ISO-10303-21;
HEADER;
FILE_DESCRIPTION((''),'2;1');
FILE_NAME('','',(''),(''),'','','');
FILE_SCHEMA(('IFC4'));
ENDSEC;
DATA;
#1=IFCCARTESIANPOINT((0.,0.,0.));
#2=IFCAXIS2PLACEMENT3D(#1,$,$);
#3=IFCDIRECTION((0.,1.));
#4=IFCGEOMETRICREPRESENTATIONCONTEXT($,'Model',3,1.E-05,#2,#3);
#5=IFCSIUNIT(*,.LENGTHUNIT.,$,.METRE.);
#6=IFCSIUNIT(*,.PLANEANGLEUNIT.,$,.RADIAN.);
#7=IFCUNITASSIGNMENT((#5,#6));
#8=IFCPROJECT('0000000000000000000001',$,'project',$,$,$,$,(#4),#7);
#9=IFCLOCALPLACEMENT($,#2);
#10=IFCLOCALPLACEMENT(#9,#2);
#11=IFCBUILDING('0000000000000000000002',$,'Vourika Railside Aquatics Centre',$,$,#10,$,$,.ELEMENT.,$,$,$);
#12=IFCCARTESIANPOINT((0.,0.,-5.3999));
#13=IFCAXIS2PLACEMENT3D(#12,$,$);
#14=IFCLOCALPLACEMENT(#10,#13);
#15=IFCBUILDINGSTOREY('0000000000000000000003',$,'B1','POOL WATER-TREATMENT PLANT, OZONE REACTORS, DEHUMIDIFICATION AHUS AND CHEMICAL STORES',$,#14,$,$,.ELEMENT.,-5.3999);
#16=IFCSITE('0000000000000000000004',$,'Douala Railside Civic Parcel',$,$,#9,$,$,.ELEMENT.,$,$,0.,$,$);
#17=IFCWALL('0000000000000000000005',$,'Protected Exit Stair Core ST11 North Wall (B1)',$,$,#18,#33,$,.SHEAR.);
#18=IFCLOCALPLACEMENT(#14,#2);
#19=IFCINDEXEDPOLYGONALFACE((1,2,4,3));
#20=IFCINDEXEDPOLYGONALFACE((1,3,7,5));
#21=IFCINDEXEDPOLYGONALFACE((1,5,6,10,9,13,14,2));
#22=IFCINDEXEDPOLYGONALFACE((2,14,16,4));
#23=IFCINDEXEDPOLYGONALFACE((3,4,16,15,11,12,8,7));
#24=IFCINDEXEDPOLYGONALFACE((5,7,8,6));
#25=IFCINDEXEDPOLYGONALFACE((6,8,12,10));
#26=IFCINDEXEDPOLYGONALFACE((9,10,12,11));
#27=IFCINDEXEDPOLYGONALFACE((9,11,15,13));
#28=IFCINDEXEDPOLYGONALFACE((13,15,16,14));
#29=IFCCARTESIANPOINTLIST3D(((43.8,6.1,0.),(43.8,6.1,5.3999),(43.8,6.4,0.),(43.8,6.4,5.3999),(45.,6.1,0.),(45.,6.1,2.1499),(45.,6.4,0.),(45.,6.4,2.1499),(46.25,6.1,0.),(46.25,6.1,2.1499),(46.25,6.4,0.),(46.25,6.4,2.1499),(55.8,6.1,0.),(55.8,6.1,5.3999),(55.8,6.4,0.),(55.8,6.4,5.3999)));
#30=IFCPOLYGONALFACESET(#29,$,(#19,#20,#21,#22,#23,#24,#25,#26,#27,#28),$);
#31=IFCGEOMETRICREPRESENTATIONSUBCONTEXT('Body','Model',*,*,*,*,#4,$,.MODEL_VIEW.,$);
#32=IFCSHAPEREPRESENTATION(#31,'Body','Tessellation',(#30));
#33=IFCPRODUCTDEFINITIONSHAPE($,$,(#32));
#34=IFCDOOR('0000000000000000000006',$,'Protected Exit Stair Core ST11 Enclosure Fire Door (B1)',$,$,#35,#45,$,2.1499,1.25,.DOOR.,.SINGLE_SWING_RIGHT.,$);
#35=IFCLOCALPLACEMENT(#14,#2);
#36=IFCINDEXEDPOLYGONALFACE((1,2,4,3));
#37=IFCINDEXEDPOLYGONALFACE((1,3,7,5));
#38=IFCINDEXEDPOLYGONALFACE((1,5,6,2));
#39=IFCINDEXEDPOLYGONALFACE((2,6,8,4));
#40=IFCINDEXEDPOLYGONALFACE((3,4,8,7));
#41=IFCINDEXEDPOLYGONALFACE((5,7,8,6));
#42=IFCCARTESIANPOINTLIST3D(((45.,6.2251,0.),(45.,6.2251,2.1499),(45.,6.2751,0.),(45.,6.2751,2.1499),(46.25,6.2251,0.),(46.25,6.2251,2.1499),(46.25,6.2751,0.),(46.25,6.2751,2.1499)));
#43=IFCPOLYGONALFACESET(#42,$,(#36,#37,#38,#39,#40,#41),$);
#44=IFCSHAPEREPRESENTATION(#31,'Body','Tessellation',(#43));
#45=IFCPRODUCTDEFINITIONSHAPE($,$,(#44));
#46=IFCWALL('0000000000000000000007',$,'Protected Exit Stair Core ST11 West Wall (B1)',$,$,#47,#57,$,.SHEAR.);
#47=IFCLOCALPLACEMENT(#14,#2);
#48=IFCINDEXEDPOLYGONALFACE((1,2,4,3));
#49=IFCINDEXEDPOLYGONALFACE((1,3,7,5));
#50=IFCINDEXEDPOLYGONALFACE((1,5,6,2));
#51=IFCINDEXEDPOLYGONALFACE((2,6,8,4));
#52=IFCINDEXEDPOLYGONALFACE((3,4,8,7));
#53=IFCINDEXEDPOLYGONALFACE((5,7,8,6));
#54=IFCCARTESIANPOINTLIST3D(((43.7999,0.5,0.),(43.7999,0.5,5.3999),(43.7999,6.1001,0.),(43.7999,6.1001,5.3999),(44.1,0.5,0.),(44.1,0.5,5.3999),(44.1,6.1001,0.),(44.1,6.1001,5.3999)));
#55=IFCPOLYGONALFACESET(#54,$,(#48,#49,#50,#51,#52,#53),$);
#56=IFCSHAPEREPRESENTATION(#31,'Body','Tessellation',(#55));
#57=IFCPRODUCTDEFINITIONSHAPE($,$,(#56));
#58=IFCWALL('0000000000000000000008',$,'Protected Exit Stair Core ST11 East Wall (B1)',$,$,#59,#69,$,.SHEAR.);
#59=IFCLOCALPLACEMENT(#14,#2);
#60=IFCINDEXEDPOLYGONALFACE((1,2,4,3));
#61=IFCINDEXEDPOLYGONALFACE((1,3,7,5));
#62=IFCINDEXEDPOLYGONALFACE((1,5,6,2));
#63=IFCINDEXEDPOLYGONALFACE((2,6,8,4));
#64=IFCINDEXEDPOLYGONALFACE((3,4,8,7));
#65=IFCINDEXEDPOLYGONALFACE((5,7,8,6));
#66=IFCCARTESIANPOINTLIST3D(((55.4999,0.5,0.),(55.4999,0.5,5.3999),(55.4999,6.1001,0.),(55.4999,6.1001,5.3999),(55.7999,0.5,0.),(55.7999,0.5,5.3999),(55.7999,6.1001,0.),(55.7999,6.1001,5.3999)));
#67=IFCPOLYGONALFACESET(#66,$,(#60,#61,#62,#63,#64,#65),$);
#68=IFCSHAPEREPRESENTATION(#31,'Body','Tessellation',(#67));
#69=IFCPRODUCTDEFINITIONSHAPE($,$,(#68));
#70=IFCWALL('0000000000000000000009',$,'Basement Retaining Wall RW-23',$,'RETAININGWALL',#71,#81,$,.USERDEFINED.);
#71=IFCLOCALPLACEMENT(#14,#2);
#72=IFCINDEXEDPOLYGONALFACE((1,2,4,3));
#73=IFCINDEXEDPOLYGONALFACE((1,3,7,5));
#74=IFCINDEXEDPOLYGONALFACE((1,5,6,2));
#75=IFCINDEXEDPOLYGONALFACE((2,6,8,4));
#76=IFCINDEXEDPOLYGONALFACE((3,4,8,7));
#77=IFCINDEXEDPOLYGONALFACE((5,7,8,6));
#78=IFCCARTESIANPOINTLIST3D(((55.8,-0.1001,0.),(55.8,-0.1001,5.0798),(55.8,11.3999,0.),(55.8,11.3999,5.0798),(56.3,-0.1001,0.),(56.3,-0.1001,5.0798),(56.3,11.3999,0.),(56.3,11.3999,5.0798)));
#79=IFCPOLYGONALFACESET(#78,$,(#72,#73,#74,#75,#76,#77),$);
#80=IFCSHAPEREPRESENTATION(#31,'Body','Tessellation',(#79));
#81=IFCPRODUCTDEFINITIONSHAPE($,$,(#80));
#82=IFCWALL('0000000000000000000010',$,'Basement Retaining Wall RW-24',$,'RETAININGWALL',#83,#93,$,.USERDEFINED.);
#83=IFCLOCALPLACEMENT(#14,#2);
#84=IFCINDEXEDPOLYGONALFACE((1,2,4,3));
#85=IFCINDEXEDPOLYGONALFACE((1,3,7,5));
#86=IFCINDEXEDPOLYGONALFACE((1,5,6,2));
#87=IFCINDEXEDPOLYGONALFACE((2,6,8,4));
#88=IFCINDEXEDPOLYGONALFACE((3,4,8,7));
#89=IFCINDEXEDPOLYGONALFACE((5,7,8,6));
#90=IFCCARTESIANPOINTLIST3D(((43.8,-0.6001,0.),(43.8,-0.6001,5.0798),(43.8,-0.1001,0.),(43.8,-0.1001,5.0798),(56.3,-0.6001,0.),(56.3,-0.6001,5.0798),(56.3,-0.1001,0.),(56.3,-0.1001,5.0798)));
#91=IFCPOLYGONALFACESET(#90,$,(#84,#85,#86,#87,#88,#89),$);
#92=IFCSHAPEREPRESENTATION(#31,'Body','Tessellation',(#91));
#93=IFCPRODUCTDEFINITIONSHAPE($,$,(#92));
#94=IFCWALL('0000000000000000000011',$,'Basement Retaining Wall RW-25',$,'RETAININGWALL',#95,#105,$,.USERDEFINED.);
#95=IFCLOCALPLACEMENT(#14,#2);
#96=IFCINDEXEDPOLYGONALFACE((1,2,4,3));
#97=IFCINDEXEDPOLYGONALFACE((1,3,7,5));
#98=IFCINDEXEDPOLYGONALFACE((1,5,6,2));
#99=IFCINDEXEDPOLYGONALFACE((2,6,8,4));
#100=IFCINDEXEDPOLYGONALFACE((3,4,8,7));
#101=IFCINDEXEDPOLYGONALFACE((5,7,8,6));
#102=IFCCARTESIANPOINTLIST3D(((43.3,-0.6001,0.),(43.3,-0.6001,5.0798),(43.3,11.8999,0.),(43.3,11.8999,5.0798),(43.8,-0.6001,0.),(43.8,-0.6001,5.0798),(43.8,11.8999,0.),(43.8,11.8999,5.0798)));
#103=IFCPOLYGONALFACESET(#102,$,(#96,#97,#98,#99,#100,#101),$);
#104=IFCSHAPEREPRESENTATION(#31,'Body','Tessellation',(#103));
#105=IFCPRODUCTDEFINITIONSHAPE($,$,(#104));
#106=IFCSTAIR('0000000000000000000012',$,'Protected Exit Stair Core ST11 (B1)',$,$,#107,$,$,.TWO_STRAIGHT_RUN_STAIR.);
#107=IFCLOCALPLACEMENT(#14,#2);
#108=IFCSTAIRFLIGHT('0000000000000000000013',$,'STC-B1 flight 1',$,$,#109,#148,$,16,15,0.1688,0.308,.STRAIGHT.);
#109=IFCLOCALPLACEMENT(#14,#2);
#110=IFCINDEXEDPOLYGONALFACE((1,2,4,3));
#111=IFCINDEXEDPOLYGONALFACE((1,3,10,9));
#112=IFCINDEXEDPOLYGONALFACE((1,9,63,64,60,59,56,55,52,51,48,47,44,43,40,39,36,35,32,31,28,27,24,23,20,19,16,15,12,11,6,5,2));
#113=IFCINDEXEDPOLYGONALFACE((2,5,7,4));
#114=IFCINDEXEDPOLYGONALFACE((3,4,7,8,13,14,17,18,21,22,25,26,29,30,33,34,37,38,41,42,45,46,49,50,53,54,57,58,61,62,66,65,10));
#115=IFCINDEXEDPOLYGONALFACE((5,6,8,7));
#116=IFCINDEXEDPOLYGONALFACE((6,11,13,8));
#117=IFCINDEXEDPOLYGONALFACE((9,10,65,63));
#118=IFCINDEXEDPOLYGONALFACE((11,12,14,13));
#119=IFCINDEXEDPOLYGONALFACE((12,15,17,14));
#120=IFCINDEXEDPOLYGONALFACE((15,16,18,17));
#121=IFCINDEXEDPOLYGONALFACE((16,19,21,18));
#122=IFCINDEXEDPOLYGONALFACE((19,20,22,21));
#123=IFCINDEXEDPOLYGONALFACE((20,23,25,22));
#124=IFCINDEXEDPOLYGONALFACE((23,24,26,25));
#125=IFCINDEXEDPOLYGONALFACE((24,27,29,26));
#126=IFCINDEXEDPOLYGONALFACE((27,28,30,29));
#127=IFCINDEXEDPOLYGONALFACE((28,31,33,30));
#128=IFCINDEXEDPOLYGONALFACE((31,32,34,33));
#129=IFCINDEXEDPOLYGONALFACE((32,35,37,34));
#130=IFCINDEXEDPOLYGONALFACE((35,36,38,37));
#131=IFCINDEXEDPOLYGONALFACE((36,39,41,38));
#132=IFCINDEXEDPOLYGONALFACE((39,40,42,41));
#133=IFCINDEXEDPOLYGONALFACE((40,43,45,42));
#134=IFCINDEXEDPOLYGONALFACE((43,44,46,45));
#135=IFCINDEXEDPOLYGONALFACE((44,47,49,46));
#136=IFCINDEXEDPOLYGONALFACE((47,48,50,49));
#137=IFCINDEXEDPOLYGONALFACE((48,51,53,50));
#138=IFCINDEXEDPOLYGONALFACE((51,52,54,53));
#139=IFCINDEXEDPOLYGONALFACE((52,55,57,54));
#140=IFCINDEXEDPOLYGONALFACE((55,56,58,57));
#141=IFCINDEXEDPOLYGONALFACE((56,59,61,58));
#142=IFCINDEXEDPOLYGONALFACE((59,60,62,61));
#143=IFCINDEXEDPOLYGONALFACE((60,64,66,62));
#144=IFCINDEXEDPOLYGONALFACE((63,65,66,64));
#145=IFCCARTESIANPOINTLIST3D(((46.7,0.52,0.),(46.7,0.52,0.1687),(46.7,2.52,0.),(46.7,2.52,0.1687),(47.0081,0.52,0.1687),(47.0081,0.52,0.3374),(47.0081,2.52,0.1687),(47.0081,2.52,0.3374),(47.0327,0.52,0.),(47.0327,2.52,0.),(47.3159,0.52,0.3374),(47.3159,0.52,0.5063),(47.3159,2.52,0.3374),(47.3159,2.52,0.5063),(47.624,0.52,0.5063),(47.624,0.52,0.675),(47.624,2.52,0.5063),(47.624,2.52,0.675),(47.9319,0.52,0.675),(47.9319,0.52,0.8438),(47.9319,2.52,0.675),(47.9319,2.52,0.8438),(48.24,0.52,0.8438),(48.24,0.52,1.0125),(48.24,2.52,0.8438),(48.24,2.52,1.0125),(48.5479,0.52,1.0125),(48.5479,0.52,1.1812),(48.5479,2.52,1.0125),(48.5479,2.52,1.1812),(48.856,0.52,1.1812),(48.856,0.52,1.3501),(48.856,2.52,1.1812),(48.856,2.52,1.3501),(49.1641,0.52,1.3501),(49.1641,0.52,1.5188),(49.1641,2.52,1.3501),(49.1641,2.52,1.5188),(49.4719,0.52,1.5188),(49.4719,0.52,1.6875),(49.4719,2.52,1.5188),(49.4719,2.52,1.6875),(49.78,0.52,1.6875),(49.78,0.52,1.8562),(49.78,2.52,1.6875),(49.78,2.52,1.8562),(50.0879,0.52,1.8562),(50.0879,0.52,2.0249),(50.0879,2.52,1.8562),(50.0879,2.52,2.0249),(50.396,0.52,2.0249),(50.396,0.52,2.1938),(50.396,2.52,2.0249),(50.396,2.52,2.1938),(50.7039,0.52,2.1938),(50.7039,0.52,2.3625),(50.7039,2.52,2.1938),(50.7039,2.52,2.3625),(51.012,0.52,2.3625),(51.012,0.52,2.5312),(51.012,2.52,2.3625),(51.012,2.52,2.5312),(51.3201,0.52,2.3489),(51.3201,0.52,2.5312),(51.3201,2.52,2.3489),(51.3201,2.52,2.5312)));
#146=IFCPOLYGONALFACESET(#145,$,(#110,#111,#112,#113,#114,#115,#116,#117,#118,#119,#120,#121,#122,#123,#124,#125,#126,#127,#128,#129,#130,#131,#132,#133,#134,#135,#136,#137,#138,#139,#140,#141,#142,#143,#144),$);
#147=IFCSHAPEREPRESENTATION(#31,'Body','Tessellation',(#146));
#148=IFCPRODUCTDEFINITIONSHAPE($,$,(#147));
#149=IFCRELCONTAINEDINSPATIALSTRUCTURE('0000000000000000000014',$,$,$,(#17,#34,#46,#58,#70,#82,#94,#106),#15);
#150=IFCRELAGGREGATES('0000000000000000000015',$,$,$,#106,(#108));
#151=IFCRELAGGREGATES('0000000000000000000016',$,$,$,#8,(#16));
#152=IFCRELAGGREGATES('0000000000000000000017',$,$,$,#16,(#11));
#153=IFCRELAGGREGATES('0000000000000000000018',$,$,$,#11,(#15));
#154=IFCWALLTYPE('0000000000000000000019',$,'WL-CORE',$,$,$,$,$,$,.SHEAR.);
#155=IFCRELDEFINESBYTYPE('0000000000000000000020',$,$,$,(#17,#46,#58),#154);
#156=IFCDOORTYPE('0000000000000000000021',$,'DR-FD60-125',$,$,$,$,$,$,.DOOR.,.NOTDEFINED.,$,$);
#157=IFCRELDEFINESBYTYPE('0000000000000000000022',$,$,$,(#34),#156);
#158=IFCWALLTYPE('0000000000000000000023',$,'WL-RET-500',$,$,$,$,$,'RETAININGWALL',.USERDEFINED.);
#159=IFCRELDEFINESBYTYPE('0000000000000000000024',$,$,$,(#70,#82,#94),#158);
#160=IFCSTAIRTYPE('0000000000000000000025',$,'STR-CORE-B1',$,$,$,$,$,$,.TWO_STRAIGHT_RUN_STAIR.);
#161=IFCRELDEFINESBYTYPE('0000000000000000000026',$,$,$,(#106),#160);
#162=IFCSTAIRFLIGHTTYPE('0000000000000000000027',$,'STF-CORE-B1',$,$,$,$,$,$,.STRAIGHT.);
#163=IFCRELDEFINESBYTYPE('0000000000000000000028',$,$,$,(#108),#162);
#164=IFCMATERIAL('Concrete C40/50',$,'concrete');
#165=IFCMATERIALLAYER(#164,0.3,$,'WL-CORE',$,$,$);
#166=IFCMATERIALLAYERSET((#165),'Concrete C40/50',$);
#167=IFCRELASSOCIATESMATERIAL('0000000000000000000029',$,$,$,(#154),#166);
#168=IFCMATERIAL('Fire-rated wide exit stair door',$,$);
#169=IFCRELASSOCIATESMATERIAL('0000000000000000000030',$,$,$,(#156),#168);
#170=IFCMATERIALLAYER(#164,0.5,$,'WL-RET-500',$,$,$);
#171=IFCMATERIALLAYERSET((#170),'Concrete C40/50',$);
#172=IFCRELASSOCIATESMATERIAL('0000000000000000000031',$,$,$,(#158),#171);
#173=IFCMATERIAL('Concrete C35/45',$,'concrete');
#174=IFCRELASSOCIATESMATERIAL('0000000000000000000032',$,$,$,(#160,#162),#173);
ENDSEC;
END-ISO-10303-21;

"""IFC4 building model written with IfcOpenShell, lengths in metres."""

from ifc_helpers import new_model, si_unit, direction, frame, frame_2d, origin, place, context, subcontext, project, spatial, polyline, rectangle, outline, extrude, material, layer, layer_set, type_object, element, fill, aggregate, save


model = new_model("IFC4")

# Units and contexts
model_context = context("Model", 3, precision=1e-05, world=origin(), true_north=direction((0.0, 1.0)))
body_context = subcontext(model_context, "Body", "Model", "MODEL_VIEW")
ifc_project = project(units=[si_unit("LENGTHUNIT", "METRE"), si_unit("PLANEANGLEUNIT", "RADIAN")], contexts=[model_context])

# Site, building, storey
site_placement = place(None, origin())
site = spatial("IfcSite", under=ifc_project, at=site_placement, Name="Douala Railside Civic Parcel", CompositionType="ELEMENT", RefElevation=0.0)
building_placement = place(site_placement, origin())
building = spatial("IfcBuilding", under=site, at=building_placement, Name="Vourika Railside Aquatics Centre", CompositionType="ELEMENT")
storey_placement = place(building_placement, frame((0.0, 0.0, -5.3999)))
storey = spatial("IfcBuildingStorey", under=building, at=storey_placement, Name="B1", Description="POOL WATER-TREATMENT PLANT, OZONE REACTORS, DEHUMIDIFICATION AHUS AND CHEMICAL STORES", CompositionType="ELEMENT", Elevation=-5.3999)

# Shared definitions
ifc_material_1 = material(Name="Concrete C40/50", Category="concrete")

# Shared definitions
ifc_material_2 = material(Name="Concrete C35/45", Category="concrete")

# Shared definitions
ifc_layer_1 = layer(ifc_material_1, 0.3, Name="WL-CORE")
ifc_layer_set_1 = layer_set([ifc_layer_1], Name="Concrete C40/50")
wall_type_1 = type_object("IfcWallType", Name="WL-CORE", PredefinedType="SHEAR", material=ifc_layer_set_1)

# Wall, opening, door
wall_1_placement = place(storey_placement, frame((55.8, 6.25, 0.0), z_axis=(0.0, 0.0, 1.0), x_axis=(-1.0, 0.0, 0.0)))
wall_1 = element("IfcWall", 1, at=wall_1_placement, inside=storey, type_object=wall_type_1, Name="Protected Exit Stair Core ST11 North Wall (B1)", PredefinedType="SHEAR", context=body_context, shape_type="SweptSolid", body=[
    extrude(rectangle(XDim=12.0, YDim=0.3, at=frame_2d((6.0, 0.0))), origin(), (0.0, 0.0, 1.0), 5.3999),
])
opening_placement = place(wall_1_placement, frame((9.55, 0.0, 0.0)))
opening = element("IfcOpeningElement", 2, at=opening_placement, cuts=wall_1, PredefinedType="OPENING", context=body_context, shape_type="SweptSolid", body=[
    extrude(rectangle(XDim=1.25, YDim=2.1499, at=frame_2d((0.625, 1.075))), frame((0.0, 0.1602, 0.0), z_axis=(0.0, -1.0, 0.0), x_axis=(1.0, 0.0, 0.0)), (0.0, 0.0, 1.0), 0.3201),
])
ifc_material_3 = material(Name="Fire-rated wide exit stair door")
door_type = type_object("IfcDoorType", Name="DR-FD60-125", OperationType="NOTDEFINED", PredefinedType="DOOR", material=ifc_material_3)
door_placement = place(opening_placement, origin())
door = element("IfcDoor", 3, at=door_placement, inside=storey, type_object=door_type, Name="Protected Exit Stair Core ST11 Enclosure Fire Door (B1)", OperationType="SINGLE_SWING_RIGHT", OverallHeight=2.1499, OverallWidth=1.25, PredefinedType="DOOR", context=body_context, shape_type="SweptSolid", body=[
    extrude(rectangle(XDim=1.25, YDim=2.1499, at=frame_2d((0.625, 1.075))), frame((0.0, 0.0249, 0.0), z_axis=(0.0, -1.0, 0.0), x_axis=(1.0, 0.0, 0.0)), (0.0, 0.0, 1.0), 0.05),
])
fill(opening, door)

# Walls
for number, where, z_axis, x_axis, name in (
    (4, (43.95, 6.1001, 0.0), (0.0, 0.0, 1.0), (0.0, -1.0, 0.0), "Protected Exit Stair Core ST11 West Wall (B1)"),
    (5, (55.6499, 0.5, 0.0), (0.0, 0.0, 1.0), (0.0, 1.0, 0.0), "Protected Exit Stair Core ST11 East Wall (B1)"),
):
    element("IfcWall", number, at=place(storey_placement, frame(where, z_axis=z_axis, x_axis=x_axis)), inside=storey, type_object=wall_type_1, Name=name, PredefinedType="SHEAR", context=body_context, shape_type="SweptSolid", body=[
        extrude(rectangle(XDim=5.6001, YDim=0.3, at=frame_2d((2.8, 0.0))), origin(), (0.0, 0.0, 1.0), 5.3999),
    ])
ifc_layer_2 = layer(ifc_material_1, 0.5, Name="WL-RET-500")
ifc_layer_set_2 = layer_set([ifc_layer_2], Name="Concrete C40/50")
wall_type_2 = type_object("IfcWallType", Name="WL-RET-500", ElementType="RETAININGWALL", PredefinedType="USERDEFINED", material=ifc_layer_set_2)
wall_2_placement = place(storey_placement, frame((56.05, 11.3999, 0.0), z_axis=(0.0, 0.0, 1.0), x_axis=(0.0, -1.0, 0.0)))
element("IfcWall", 6, at=wall_2_placement, inside=storey, type_object=wall_type_2, Name="Basement Retaining Wall RW-23", ObjectType="RETAININGWALL", PredefinedType="USERDEFINED", context=body_context, shape_type="SweptSolid", body=[
    extrude(rectangle(XDim=11.5, YDim=0.5, at=frame_2d((5.75, 0.0))), origin(), (0.0, 0.0, 1.0), 5.0798),
])
for number, where, z_axis, x_axis, name in (
    (7, (56.3, -0.3501, 0.0), (0.0, 0.0, 1.0), (-1.0, 0.0, 0.0), "Basement Retaining Wall RW-24"),
    (8, (43.55, -0.6001, 0.0), (0.0, 0.0, 1.0), (0.0, 1.0, 0.0), "Basement Retaining Wall RW-25"),
):
    element("IfcWall", number, at=place(storey_placement, frame(where, z_axis=z_axis, x_axis=x_axis)), inside=storey, type_object=wall_type_2, Name=name, ObjectType="RETAININGWALL", PredefinedType="USERDEFINED", context=body_context, shape_type="SweptSolid", body=[
        extrude(rectangle(XDim=12.5, YDim=0.5, at=frame_2d((6.25, 0.0))), origin(), (0.0, 0.0, 1.0), 5.0798),
    ])

# Stair, stair flight
stair_type = type_object("IfcStairType", Name="STR-CORE-B1", PredefinedType="TWO_STRAIGHT_RUN_STAIR", material=ifc_material_2)
stair_placement = place(storey_placement, origin())
stair = element("IfcStair", 9, at=stair_placement, inside=storey, type_object=stair_type, Name="Protected Exit Stair Core ST11 (B1)", PredefinedType="TWO_STRAIGHT_RUN_STAIR")
stair_flight_type = type_object("IfcStairFlightType", Name="STF-CORE-B1", PredefinedType="STRAIGHT", material=ifc_material_2)
stair_flight_1_placement = place(storey_placement, frame((46.7, 1.52, 0.0), z_axis=(0.0, 0.0, 1.0), x_axis=(1.0, 0.0, 0.0)))
stair_flight_1 = element("IfcStairFlight", 10, at=stair_flight_1_placement, type_object=stair_flight_type, Name="STC-B1 flight 1", NumberOfRisers=16, NumberOfTreads=15, PredefinedType="STRAIGHT", RiserHeight=0.1688, TreadLength=0.308, context=body_context, shape_type="SweptSolid", body=[
    extrude(outline(polyline([(0.0, 0.0), (0.0, 0.1687), (0.3081, 0.1687), (0.3081, 0.3374), (0.616, 0.3374), (0.616, 0.5063), (0.9241, 0.5063), (0.9241, 0.675), (1.2319, 0.675), (1.2319, 0.8438), (1.54, 0.8438), (1.54, 1.0125), (1.8479, 1.0125), (1.8479, 1.1812), (2.156, 1.1812), (2.156, 1.3501), (2.4641, 1.3501), (2.4641, 1.5188), (2.772, 1.5188), (2.772, 1.6875), (3.0801, 1.6875), (3.0801, 1.8562), (3.3879, 1.8562), (3.3879, 2.0249), (3.696, 2.0249), (3.696, 2.1938), (4.0039, 2.1938), (4.0039, 2.3625), (4.312, 2.3625), (4.312, 2.5312), (4.6201, 2.5312), (4.6201, 2.7), (4.6201, 2.3489), (0.3328, 0.0), (0.0, 0.0)])), frame((0.0, 1.0, 0.0), z_axis=(0.0, -1.0, 0.0), x_axis=(1.0, 0.0, 0.0)), (0.0, 0.0, 1.0), 2.0),
])
aggregate(stair, [stair_flight_1])

save(model, "model.ifc")
